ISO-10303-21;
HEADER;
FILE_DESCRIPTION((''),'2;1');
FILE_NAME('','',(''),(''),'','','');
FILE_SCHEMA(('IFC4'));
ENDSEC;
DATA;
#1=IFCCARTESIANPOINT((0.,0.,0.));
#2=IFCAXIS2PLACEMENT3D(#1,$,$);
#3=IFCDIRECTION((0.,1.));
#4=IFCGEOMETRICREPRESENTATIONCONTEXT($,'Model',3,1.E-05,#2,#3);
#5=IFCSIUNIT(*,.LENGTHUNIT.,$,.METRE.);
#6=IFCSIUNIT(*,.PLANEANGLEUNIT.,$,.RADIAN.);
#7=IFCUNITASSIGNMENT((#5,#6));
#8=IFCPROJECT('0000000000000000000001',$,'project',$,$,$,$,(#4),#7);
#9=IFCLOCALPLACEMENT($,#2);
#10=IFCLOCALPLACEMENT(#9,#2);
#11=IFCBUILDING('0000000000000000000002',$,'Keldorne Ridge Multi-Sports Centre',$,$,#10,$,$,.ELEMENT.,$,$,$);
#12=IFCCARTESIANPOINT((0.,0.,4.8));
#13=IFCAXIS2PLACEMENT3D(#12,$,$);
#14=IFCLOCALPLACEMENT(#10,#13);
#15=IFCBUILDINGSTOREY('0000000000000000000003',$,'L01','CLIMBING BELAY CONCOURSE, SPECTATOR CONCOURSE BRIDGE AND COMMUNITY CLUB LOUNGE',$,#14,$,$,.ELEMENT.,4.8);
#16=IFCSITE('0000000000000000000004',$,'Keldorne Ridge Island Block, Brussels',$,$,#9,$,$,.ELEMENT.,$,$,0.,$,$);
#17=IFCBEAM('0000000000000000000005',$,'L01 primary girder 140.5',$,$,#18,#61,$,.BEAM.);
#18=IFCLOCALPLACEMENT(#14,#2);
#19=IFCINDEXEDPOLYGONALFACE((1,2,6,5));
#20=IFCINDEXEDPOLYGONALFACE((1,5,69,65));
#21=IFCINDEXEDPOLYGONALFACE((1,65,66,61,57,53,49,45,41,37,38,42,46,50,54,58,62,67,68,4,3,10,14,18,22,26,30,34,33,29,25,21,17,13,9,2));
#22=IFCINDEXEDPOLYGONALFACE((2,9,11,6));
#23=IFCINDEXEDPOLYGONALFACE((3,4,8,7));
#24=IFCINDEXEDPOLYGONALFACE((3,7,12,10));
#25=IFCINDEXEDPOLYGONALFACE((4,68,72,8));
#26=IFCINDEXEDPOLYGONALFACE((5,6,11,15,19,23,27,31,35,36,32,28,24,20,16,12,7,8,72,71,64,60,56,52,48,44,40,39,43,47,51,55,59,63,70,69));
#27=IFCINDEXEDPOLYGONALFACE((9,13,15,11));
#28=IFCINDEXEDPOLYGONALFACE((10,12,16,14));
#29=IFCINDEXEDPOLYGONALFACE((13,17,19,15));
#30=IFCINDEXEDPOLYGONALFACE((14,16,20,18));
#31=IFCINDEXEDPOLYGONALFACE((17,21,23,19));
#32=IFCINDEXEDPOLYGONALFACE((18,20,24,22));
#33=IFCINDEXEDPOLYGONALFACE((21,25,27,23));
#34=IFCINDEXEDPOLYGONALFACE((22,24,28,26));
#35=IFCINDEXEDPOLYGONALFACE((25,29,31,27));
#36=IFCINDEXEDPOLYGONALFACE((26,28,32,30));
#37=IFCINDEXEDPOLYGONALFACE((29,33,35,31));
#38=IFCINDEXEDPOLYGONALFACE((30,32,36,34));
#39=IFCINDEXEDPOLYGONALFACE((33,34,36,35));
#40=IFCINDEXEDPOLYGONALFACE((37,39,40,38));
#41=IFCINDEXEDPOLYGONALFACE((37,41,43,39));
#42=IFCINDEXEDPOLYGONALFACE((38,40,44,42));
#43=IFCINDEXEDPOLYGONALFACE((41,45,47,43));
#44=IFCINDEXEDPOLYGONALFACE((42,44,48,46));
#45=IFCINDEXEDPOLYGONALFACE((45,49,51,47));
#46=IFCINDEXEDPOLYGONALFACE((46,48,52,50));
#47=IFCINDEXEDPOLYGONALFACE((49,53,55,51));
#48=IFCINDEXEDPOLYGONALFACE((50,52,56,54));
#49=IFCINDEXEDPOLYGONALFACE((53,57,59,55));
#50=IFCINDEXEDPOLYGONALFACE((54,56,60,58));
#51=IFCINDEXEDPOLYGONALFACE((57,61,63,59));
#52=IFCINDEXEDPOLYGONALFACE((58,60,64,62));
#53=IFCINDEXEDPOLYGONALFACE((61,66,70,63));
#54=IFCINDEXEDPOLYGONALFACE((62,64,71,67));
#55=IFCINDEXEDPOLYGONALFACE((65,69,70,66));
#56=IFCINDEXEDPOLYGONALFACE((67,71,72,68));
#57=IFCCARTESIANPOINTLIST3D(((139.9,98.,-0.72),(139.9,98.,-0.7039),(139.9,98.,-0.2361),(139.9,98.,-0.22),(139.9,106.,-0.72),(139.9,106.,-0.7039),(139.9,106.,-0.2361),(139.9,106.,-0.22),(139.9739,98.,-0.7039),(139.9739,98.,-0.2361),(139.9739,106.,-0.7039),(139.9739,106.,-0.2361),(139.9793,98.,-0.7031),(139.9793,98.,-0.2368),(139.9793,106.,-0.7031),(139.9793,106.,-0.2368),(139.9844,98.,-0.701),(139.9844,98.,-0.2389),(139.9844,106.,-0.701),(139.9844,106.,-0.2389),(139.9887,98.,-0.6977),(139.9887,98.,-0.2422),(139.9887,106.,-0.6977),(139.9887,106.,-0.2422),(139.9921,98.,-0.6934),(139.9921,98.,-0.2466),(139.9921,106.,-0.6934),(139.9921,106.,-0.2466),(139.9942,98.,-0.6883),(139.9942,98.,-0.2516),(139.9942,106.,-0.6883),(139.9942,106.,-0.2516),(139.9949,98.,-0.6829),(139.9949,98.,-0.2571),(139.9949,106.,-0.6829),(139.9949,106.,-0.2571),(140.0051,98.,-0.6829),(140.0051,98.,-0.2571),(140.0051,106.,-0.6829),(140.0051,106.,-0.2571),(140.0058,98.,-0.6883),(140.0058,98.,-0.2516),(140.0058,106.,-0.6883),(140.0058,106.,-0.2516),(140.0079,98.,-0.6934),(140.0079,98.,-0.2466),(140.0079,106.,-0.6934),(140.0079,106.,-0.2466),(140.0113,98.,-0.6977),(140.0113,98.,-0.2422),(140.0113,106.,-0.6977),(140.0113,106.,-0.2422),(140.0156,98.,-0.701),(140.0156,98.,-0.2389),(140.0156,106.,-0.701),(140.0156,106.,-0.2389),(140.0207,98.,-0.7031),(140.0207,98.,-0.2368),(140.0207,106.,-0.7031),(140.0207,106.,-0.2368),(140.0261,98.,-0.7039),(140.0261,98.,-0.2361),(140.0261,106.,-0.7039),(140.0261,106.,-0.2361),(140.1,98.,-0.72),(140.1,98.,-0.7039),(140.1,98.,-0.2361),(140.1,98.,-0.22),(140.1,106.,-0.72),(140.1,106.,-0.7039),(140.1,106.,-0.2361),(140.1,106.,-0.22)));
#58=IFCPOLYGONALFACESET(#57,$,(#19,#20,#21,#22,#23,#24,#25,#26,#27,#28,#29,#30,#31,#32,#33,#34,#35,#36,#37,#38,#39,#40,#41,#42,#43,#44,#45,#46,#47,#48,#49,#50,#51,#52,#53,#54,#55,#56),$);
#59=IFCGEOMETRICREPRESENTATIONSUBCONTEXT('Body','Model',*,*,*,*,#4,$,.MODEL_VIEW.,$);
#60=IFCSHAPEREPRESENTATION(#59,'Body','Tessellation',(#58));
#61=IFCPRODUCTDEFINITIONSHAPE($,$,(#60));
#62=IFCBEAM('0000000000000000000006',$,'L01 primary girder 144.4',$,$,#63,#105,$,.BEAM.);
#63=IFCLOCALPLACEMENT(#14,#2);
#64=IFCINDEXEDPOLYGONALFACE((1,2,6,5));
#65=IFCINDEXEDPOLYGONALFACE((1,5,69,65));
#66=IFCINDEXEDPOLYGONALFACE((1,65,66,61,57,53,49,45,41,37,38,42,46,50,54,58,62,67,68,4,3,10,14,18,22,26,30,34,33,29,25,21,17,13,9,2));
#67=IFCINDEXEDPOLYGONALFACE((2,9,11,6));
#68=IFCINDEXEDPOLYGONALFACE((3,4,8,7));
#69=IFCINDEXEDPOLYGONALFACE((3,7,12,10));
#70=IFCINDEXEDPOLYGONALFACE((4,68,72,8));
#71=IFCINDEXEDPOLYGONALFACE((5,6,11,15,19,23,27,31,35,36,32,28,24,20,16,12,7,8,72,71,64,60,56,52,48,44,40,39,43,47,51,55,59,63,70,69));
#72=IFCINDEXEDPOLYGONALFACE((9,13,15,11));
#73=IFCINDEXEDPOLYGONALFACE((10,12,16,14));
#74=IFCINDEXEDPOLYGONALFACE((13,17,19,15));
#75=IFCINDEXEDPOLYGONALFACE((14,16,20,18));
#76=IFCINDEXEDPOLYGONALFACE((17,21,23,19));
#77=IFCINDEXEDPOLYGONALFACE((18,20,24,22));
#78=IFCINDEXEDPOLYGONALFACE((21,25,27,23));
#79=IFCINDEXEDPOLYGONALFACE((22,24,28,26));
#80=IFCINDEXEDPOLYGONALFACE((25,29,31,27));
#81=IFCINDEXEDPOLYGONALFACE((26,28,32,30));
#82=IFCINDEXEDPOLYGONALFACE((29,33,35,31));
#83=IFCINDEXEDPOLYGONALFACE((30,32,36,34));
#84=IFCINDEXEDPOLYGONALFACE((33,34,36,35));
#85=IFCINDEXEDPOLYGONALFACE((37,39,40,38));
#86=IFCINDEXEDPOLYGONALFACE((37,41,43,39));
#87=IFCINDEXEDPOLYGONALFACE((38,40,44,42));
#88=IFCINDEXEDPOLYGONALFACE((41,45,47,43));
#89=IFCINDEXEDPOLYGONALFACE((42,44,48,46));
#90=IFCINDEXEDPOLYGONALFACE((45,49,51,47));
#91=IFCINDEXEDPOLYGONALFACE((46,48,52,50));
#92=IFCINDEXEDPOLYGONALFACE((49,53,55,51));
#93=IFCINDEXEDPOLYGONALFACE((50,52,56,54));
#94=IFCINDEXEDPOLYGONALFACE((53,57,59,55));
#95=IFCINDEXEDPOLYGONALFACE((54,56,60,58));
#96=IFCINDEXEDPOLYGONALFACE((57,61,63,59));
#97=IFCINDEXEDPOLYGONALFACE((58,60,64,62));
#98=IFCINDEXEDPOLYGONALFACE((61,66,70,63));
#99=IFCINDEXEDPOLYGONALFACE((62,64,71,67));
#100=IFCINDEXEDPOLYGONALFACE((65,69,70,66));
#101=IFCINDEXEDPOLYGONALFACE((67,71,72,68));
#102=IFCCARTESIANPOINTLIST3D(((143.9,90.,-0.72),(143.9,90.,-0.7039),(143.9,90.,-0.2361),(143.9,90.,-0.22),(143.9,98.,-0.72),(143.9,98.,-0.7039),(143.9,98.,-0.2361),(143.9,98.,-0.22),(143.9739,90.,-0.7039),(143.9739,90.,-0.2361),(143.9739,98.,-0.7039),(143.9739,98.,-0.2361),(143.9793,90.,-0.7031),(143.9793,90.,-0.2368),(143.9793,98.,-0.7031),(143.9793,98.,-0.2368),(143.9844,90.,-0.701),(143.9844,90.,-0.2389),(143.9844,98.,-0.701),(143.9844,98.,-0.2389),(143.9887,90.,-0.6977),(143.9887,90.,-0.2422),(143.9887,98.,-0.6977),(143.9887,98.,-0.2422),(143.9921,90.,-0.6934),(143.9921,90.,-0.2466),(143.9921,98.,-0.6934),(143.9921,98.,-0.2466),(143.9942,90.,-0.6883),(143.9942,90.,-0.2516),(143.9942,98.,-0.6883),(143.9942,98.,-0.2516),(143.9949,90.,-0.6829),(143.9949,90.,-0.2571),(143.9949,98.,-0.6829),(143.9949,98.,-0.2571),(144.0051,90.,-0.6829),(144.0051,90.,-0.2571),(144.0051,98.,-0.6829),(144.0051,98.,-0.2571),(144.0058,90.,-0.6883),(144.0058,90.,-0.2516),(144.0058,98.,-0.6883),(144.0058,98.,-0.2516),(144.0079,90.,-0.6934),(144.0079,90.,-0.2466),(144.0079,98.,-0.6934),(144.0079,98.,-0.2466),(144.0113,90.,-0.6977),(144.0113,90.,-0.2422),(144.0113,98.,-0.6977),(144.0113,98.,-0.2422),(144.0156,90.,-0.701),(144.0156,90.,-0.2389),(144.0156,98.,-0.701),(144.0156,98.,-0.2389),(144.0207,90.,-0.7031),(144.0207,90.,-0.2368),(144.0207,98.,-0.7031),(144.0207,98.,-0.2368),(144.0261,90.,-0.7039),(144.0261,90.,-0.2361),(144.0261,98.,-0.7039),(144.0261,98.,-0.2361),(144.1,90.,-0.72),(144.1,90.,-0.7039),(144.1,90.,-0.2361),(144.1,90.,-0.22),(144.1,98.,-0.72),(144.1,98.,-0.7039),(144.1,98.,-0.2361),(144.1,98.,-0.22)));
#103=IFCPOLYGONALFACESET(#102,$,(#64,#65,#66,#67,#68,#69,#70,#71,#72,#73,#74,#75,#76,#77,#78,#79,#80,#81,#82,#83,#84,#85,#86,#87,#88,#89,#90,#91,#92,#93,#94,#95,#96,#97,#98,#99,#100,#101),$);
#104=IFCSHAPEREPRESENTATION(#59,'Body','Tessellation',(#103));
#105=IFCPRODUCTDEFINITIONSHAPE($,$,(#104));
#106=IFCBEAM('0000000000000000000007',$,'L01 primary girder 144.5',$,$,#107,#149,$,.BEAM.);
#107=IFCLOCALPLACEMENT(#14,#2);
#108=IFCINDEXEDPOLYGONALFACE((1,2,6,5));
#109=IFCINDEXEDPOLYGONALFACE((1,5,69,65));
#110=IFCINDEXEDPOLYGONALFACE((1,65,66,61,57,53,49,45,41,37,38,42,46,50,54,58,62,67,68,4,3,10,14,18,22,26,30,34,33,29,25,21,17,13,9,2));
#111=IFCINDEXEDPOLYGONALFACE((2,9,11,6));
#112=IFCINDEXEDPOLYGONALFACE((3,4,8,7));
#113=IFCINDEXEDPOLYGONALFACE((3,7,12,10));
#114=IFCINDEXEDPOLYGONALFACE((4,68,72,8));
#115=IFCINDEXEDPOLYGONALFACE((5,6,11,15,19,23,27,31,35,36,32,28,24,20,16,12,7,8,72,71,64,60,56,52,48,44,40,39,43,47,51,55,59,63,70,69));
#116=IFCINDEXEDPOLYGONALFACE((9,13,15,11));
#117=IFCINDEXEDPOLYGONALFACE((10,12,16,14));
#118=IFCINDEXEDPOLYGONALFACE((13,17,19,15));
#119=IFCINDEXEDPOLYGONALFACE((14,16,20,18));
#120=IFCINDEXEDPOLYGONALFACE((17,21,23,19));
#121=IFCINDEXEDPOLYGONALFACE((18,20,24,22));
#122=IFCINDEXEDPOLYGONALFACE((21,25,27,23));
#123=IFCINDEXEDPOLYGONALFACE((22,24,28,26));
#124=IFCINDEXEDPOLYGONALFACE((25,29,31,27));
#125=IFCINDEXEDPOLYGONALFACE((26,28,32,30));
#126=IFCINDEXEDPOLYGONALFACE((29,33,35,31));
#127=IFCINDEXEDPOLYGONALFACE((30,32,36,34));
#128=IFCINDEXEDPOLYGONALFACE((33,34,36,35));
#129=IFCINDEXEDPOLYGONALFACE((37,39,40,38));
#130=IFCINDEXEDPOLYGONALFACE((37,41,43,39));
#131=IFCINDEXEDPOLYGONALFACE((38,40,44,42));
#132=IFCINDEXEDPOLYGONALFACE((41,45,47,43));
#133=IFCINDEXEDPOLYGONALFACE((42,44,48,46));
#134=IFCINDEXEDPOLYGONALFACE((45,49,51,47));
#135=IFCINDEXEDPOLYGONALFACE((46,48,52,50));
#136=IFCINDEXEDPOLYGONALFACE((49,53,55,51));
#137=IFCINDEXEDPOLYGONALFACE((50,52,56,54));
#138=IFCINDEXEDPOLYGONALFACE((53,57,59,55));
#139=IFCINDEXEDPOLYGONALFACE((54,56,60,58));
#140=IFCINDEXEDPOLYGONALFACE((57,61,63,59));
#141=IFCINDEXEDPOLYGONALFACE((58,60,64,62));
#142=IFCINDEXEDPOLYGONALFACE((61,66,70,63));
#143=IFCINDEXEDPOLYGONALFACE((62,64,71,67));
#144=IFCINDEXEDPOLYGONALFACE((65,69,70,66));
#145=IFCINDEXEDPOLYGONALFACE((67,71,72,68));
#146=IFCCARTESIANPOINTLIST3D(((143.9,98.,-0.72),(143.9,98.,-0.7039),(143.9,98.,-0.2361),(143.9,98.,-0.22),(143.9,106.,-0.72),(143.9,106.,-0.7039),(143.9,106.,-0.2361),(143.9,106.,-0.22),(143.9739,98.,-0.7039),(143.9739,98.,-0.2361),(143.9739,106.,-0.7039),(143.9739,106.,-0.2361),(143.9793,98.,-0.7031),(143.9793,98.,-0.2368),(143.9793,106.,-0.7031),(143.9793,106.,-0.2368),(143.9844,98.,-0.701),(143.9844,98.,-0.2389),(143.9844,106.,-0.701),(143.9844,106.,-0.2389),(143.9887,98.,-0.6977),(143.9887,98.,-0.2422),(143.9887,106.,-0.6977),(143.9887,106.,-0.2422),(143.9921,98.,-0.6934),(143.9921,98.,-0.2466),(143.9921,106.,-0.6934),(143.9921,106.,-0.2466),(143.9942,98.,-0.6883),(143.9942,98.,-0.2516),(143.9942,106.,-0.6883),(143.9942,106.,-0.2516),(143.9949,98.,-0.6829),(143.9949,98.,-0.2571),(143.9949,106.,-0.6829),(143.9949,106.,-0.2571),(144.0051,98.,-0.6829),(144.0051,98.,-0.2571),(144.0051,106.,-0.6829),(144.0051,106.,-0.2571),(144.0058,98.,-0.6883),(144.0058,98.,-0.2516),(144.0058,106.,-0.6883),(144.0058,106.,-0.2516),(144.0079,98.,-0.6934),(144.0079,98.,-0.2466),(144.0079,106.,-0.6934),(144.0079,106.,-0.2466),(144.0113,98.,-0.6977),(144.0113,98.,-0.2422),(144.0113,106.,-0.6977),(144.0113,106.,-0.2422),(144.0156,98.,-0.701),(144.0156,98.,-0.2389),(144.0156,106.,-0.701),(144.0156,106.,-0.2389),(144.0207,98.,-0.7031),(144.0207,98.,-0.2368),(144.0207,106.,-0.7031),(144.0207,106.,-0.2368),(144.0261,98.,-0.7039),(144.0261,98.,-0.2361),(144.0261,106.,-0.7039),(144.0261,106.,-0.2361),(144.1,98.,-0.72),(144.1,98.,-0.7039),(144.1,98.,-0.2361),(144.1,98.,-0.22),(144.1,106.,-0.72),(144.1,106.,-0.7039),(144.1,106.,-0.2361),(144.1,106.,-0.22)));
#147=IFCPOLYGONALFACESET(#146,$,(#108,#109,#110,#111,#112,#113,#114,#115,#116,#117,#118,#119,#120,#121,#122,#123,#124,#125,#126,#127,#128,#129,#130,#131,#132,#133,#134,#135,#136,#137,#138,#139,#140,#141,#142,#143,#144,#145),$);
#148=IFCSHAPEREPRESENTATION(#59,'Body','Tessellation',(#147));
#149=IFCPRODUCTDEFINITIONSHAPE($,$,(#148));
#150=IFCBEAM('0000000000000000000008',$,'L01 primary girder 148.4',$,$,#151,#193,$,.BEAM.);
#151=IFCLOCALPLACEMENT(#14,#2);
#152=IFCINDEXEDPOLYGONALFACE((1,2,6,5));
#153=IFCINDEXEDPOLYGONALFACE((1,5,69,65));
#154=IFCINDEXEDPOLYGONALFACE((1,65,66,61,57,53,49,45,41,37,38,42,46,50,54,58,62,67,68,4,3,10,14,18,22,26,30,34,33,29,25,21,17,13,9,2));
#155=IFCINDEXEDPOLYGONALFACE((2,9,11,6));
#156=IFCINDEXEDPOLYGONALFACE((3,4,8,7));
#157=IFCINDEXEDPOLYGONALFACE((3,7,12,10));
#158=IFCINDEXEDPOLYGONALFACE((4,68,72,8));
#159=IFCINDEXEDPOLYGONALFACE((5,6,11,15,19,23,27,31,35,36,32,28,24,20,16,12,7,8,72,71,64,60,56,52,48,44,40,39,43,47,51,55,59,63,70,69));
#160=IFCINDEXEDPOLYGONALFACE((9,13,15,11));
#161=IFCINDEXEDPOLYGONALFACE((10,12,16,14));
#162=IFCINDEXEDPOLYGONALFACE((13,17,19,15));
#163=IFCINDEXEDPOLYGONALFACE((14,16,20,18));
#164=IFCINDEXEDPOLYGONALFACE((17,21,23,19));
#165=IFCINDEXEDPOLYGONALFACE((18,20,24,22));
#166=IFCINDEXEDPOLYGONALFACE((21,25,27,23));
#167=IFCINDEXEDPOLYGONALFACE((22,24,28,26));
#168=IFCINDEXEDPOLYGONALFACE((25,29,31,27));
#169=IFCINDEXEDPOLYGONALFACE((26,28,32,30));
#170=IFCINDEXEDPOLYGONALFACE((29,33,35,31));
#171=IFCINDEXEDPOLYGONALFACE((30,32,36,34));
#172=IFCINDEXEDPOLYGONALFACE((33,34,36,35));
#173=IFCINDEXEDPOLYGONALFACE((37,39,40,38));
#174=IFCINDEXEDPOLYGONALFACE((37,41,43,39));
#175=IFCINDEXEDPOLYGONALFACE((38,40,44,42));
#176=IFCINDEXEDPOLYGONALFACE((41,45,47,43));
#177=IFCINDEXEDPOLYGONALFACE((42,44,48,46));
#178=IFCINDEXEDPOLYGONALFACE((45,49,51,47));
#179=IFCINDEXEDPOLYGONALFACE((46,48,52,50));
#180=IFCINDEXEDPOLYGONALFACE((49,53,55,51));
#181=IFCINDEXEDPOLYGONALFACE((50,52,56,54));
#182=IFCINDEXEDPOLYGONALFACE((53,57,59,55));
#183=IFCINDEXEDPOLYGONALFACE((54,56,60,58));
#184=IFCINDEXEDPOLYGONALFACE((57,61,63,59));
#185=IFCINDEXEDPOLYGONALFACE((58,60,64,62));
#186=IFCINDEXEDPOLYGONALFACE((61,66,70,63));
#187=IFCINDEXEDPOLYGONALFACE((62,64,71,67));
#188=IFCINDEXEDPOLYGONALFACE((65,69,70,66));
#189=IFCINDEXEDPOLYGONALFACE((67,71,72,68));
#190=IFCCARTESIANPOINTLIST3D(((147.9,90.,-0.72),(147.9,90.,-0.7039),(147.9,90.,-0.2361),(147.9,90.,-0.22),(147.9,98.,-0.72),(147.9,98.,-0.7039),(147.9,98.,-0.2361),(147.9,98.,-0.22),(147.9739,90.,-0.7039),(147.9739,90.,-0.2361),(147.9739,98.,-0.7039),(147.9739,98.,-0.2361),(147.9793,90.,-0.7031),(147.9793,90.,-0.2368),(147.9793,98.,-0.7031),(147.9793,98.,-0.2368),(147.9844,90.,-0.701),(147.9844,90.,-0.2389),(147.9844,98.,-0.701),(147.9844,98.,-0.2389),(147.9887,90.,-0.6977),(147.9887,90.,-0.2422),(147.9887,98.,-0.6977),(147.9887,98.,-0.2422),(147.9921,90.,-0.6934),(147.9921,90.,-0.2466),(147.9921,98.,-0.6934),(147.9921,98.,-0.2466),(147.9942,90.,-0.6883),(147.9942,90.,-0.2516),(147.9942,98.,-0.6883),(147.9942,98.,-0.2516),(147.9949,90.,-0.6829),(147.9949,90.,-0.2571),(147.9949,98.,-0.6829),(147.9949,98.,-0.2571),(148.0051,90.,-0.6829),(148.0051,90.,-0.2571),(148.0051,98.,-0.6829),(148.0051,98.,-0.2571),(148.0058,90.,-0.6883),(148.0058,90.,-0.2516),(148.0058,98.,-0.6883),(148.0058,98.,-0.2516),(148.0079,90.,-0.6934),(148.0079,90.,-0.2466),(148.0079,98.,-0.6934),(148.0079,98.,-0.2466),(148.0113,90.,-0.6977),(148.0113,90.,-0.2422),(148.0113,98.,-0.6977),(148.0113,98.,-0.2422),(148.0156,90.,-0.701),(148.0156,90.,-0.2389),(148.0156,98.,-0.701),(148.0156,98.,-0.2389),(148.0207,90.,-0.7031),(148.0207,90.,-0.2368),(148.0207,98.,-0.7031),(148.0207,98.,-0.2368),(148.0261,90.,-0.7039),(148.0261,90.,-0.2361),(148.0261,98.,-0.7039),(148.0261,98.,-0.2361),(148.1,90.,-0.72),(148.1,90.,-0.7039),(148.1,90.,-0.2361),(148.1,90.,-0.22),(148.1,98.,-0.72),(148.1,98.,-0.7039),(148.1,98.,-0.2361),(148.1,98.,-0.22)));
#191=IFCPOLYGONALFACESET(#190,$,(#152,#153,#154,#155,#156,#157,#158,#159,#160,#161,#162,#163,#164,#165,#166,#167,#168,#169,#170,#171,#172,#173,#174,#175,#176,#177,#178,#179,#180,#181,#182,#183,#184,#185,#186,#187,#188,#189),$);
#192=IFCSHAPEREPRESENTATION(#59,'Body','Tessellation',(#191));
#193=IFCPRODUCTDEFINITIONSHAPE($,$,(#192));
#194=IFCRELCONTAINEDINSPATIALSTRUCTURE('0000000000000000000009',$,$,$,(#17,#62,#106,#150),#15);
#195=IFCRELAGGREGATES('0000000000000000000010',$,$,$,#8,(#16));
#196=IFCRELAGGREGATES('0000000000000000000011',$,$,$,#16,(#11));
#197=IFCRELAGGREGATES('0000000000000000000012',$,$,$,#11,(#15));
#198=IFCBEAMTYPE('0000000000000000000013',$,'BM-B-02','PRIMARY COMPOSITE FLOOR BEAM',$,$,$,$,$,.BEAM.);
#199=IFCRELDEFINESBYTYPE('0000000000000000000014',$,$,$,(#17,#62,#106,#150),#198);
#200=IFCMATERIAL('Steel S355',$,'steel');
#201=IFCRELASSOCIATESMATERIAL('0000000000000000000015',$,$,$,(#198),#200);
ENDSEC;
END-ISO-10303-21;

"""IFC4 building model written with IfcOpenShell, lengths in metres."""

from ifc_helpers import new_model, si_unit, direction, frame, origin, origin_2d, place, context, subcontext, project, spatial, i_section, extrude, material, material_profile, profile_set, type_object, element, save


model = new_model("IFC4")

# Units and contexts
model_context = context("Model", 3, precision=1e-05, world=origin(), true_north=direction((0.0, 1.0)))
body_context = subcontext(model_context, "Body", "Model", "MODEL_VIEW")
ifc_project = project(units=[si_unit("LENGTHUNIT", "METRE"), si_unit("PLANEANGLEUNIT", "RADIAN")], contexts=[model_context])

# Site, building, storey
site_placement = place(None, origin())
site = spatial("IfcSite", under=ifc_project, at=site_placement, Name="Keldorne Ridge Island Block, Brussels", CompositionType="ELEMENT", RefElevation=0.0)
building_placement = place(site_placement, origin())
building = spatial("IfcBuilding", under=site, at=building_placement, Name="Keldorne Ridge Multi-Sports Centre", CompositionType="ELEMENT")
storey_placement = place(building_placement, frame((0.0, 0.0, 4.8)))
storey = spatial("IfcBuildingStorey", under=building, at=storey_placement, Name="L01", Description="CLIMBING BELAY CONCOURSE, SPECTATOR CONCOURSE BRIDGE AND COMMUNITY CLUB LOUNGE", CompositionType="ELEMENT", Elevation=4.8)

# Shared definitions
ifc_material_1 = material(Name="Steel S355", Category="steel")

# Beams
ifc_material_profile_1 = material_profile(ifc_material_1, i_section(OverallWidth=0.2, OverallDepth=0.5, WebThickness=0.0103, FlangeThickness=0.0161, FilletRadius=0.021, at=origin_2d()), Name="IPE 500")
ifc_profile_set_1 = profile_set([ifc_material_profile_1], Name="Steel S355")
beam_type_1 = type_object("IfcBeamType", Name="BM-B-02", Description="PRIMARY COMPOSITE FLOOR BEAM", PredefinedType="BEAM", material=ifc_profile_set_1)
for number, where, z_axis, x_axis, name in (
    (1, (140.0, 98.0, -0.47), (0.0, 1.0, 0.0), (-1.0, 0.0, 0.0), "L01 primary girder 140.5"),
    (2, (144.0, 90.0, -0.47), (0.0, 1.0, 0.0), (-1.0, 0.0, 0.0), "L01 primary girder 144.4"),
    (3, (144.0, 98.0, -0.47), (0.0, 1.0, 0.0), (-1.0, 0.0, 0.0), "L01 primary girder 144.5"),
    (4, (148.0, 90.0, -0.47), (0.0, 1.0, 0.0), (-1.0, 0.0, 0.0), "L01 primary girder 148.4"),
):
    element("IfcBeam", number, at=place(storey_placement, frame(where, z_axis=z_axis, x_axis=x_axis)), inside=storey, type_object=beam_type_1, Name=name, PredefinedType="BEAM", context=body_context, shape_type="SweptSolid", body=[
        extrude(i_section(OverallWidth=0.2, OverallDepth=0.5, WebThickness=0.0103, FlangeThickness=0.0161, FilletRadius=0.021, at=origin_2d()), origin(), (0.0, 0.0, 1.0), 8.0),
    ])

save(model, "model.ifc")
